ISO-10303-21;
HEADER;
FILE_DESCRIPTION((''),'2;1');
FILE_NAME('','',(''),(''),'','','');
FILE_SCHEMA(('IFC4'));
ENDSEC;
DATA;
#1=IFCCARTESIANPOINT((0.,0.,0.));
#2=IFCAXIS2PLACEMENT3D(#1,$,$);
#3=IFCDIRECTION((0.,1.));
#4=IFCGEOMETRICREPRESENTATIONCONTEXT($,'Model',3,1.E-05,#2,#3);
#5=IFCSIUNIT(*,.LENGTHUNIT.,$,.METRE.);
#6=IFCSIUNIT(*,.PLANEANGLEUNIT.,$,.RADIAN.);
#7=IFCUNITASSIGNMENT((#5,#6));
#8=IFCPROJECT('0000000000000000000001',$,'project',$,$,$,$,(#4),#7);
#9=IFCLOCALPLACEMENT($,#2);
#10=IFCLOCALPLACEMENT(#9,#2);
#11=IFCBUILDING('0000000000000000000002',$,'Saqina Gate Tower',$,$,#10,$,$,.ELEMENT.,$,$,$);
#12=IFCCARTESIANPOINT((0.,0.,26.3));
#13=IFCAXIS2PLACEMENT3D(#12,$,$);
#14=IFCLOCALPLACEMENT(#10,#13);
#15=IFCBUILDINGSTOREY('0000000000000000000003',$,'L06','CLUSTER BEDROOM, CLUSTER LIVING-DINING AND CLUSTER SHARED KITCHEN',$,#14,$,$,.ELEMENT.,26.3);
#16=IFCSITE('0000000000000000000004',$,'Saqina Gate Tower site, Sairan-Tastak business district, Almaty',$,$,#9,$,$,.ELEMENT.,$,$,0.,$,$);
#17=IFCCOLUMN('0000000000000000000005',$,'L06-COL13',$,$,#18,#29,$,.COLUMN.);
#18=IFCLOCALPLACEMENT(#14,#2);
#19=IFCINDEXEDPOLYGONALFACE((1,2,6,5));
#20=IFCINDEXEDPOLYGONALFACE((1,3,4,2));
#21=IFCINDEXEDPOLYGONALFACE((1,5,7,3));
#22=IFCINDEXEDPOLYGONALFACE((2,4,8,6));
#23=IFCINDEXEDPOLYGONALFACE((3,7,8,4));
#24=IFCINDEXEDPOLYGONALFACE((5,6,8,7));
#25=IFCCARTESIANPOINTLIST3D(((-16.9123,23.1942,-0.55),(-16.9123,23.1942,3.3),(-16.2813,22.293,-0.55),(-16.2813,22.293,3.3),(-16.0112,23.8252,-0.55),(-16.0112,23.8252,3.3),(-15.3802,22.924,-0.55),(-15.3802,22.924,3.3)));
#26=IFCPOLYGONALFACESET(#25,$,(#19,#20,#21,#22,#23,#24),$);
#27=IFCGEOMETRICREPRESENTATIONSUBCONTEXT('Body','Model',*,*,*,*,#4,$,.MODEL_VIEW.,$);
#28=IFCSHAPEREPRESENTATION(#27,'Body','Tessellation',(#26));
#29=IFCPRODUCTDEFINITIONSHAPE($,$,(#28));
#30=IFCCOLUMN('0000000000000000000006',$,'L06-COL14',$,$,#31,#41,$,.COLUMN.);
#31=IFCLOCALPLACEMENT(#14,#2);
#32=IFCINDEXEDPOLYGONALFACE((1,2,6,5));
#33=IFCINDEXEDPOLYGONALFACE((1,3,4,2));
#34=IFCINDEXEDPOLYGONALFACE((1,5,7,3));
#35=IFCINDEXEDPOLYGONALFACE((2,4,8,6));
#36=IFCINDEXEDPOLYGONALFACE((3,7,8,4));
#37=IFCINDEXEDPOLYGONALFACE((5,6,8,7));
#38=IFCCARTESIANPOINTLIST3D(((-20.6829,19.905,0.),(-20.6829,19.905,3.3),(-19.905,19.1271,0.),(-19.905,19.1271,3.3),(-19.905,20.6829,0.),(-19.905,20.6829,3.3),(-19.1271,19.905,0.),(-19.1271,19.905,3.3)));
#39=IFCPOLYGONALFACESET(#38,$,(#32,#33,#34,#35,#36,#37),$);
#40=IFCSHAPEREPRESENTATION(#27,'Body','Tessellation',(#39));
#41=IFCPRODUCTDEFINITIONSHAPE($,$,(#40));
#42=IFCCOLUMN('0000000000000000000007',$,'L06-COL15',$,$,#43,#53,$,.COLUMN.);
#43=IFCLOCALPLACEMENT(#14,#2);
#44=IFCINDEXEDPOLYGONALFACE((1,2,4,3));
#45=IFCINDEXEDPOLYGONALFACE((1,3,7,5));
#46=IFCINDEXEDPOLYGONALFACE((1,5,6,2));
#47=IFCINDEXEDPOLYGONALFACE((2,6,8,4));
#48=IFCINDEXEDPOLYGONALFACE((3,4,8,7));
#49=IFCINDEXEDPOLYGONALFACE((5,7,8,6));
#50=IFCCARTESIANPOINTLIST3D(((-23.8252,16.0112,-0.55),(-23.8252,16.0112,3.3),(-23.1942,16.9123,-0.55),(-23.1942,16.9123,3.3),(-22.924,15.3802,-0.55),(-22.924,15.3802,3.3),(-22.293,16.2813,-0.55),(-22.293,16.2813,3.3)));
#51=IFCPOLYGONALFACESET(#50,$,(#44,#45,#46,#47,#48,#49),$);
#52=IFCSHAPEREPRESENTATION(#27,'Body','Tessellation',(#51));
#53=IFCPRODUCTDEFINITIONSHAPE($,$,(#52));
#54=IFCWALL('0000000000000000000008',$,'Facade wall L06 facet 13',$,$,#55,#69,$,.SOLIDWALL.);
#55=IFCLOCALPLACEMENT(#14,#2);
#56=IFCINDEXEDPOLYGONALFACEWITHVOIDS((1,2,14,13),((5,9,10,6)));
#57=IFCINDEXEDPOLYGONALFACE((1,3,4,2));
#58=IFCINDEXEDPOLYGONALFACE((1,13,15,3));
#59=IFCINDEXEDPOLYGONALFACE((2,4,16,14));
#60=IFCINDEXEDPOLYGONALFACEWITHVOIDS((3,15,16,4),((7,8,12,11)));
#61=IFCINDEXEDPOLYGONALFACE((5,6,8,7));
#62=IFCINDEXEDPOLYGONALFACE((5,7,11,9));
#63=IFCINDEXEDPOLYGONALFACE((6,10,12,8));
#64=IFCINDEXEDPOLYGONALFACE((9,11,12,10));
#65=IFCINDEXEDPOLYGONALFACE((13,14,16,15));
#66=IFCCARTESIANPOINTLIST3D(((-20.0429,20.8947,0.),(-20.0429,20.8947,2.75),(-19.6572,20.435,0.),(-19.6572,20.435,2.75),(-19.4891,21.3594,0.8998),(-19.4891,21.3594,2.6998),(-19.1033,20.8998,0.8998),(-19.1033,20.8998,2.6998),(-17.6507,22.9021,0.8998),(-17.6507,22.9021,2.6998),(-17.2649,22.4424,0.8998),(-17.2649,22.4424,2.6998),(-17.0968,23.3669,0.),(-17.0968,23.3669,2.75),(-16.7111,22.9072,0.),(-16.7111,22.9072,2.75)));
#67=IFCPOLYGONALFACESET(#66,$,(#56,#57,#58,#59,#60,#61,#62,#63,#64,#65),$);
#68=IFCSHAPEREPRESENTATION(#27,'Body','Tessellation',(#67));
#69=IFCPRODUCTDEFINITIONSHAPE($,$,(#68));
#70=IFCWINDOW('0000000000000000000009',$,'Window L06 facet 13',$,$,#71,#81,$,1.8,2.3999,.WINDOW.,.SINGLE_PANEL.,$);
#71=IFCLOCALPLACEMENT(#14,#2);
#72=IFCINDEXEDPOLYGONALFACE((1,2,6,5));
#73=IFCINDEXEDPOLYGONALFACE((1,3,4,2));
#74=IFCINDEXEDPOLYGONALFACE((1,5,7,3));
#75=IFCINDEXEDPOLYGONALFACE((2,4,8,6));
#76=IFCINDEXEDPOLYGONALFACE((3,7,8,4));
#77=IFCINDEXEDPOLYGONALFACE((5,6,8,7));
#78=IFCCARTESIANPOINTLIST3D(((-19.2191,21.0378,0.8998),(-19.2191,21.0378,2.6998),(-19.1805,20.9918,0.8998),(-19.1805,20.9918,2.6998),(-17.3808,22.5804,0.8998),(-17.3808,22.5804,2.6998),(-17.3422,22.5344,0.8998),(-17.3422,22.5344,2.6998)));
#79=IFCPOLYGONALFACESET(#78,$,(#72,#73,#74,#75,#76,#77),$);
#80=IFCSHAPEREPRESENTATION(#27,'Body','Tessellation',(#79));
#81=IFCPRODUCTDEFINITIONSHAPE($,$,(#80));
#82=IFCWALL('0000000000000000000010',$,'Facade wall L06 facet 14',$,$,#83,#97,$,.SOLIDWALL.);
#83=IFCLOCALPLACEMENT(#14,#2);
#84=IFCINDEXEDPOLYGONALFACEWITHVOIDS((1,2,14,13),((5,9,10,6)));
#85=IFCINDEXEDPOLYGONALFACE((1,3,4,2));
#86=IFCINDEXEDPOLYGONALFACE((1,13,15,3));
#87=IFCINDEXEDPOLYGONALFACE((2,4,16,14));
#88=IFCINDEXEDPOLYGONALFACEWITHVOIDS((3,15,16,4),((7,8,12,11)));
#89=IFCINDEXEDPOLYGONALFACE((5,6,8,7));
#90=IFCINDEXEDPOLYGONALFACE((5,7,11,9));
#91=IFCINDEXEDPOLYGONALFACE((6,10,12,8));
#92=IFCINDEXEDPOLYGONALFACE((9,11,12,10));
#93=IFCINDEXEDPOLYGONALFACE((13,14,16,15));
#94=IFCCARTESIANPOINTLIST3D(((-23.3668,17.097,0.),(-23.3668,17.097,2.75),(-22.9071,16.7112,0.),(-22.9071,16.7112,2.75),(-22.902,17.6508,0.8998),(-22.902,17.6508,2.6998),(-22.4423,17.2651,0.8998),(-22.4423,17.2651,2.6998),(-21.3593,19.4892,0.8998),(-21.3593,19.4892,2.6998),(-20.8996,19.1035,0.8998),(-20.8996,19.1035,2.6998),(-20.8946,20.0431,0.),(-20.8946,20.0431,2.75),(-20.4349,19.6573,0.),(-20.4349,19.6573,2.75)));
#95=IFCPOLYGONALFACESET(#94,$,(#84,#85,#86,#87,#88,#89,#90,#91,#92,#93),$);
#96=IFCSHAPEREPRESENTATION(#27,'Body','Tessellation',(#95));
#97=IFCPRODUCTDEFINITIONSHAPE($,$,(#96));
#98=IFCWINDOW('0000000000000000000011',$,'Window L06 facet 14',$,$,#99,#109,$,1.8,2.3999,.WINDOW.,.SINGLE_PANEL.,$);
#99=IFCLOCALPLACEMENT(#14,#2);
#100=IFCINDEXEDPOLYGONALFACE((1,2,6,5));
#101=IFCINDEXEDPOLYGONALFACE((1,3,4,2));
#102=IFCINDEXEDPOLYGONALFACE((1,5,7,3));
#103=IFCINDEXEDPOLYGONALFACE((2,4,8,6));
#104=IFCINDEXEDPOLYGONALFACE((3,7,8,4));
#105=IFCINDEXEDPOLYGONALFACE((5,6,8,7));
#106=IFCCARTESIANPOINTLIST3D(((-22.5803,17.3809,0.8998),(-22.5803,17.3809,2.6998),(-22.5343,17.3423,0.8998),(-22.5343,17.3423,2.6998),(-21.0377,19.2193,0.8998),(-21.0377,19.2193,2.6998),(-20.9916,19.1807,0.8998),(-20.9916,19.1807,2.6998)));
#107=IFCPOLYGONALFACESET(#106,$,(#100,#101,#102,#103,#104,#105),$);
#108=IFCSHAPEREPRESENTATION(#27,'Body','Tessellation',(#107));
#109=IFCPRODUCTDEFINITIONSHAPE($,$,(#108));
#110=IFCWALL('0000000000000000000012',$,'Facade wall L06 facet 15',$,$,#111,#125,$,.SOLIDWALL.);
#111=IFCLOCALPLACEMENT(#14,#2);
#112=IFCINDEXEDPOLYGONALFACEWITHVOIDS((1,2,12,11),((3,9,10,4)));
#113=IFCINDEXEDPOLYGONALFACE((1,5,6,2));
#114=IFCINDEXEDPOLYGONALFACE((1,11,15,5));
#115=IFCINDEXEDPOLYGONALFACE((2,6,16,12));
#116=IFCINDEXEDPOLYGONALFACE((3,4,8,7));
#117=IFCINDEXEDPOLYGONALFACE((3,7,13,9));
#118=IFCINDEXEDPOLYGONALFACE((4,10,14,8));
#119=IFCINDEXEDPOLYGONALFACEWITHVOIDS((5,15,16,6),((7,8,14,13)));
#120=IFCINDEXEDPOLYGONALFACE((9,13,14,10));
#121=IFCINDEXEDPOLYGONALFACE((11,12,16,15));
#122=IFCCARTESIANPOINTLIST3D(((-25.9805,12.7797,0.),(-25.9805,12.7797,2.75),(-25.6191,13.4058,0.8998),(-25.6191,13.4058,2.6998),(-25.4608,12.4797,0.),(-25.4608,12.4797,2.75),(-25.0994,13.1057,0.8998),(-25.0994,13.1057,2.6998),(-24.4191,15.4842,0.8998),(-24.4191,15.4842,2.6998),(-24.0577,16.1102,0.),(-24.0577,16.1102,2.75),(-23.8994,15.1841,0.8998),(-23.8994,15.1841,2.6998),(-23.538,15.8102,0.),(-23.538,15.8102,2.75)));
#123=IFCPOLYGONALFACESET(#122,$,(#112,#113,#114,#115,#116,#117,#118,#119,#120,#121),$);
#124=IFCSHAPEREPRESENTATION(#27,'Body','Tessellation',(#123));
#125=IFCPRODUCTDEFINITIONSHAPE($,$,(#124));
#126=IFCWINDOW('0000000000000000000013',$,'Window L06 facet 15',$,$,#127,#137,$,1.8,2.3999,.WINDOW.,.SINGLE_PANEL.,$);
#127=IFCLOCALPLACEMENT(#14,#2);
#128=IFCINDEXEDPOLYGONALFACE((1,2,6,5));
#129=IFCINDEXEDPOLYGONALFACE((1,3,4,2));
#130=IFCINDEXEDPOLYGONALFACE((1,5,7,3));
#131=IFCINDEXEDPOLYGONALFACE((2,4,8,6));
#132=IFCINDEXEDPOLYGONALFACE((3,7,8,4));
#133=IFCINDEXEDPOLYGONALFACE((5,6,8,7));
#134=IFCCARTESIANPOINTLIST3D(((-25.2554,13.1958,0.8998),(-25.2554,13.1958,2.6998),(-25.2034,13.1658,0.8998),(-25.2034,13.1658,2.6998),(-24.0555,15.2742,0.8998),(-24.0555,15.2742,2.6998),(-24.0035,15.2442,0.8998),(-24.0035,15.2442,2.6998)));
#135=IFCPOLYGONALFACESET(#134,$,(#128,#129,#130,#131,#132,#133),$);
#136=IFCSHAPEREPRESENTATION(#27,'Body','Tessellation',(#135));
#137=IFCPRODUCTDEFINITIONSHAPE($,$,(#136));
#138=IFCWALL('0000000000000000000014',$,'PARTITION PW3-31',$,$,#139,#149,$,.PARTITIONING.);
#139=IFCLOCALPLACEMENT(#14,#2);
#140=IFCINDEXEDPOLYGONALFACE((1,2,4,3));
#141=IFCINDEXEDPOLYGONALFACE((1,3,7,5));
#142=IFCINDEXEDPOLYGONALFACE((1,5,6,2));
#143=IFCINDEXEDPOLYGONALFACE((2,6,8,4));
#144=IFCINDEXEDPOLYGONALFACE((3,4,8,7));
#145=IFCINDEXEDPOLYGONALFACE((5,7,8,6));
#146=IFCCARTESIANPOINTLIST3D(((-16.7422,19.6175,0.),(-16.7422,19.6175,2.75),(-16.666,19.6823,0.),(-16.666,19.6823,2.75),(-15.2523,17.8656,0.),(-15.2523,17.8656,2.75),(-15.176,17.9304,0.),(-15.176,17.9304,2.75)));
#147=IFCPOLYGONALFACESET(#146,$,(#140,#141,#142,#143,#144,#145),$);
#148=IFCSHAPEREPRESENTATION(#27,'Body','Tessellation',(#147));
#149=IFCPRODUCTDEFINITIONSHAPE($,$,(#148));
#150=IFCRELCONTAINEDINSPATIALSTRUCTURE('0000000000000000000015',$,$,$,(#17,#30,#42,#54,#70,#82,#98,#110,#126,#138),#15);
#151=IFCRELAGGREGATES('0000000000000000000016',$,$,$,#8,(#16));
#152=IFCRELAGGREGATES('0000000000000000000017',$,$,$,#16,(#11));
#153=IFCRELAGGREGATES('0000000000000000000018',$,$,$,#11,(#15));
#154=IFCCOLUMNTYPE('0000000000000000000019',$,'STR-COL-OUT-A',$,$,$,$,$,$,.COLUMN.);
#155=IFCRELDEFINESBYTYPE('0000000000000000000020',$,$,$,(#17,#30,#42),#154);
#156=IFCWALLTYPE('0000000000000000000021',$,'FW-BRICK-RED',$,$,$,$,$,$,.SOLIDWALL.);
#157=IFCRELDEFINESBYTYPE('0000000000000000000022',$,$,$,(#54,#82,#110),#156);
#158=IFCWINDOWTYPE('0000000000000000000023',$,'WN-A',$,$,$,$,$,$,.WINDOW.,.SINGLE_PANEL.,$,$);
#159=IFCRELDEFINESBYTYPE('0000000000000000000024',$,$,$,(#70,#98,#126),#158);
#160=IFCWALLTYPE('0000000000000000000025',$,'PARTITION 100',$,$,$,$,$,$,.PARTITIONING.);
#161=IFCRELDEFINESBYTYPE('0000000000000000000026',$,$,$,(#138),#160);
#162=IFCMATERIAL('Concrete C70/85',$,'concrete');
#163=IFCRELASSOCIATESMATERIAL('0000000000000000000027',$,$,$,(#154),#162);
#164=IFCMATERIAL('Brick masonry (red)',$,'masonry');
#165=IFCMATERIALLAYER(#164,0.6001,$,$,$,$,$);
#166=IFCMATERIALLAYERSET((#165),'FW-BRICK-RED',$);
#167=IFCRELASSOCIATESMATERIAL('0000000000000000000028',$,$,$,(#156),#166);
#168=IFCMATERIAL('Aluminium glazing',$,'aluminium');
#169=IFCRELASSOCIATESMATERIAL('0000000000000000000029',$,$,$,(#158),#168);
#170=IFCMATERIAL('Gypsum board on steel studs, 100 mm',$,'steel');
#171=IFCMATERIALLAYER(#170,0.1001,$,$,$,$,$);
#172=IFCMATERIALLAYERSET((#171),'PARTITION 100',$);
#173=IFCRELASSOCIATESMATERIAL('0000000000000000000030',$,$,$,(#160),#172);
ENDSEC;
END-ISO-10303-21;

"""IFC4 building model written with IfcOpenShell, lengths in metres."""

from ifc_helpers import new_model, si_unit, direction, frame, frame_2d, origin, origin_2d, place, context, subcontext, project, spatial, rectangle, extrude, material, layer, layer_set, material_profile, profile_set, type_object, element, fill, save


model = new_model("IFC4")

# Units and contexts
model_context = context("Model", 3, precision=1e-05, world=origin(), true_north=direction((0.0, 1.0)))
body_context = subcontext(model_context, "Body", "Model", "MODEL_VIEW")
ifc_project = project(units=[si_unit("LENGTHUNIT", "METRE"), si_unit("PLANEANGLEUNIT", "RADIAN")], contexts=[model_context])

# Site, building, storey
site_placement = place(None, origin())
site = spatial("IfcSite", under=ifc_project, at=site_placement, Name="Saqina Gate Tower site, Sairan-Tastak business district, Almaty", CompositionType="ELEMENT", RefElevation=0.0)
building_placement = place(site_placement, origin())
building = spatial("IfcBuilding", under=site, at=building_placement, Name="Saqina Gate Tower", CompositionType="ELEMENT")
storey_placement = place(building_placement, frame((0.0, 0.0, 26.3)))
storey = spatial("IfcBuildingStorey", under=building, at=storey_placement, Name="L06", Description="CLUSTER BEDROOM, CLUSTER LIVING-DINING AND CLUSTER SHARED KITCHEN", CompositionType="ELEMENT", Elevation=26.3)

# Columns
ifc_material_1 = material(Name="Concrete C70/85", Category="concrete")
ifc_material_profile = material_profile(ifc_material_1, rectangle(XDim=1.1001, YDim=1.1001, at=origin_2d()), Name="RC 1100x1100")
ifc_profile_set = profile_set([ifc_material_profile], Name="Concrete C70/85")
column_type = type_object("IfcColumnType", Name="STR-COL-OUT-A", PredefinedType="COLUMN", material=ifc_profile_set)
column_1_placement = place(storey_placement, frame((-16.1462, 23.0591, -0.55), z_axis=(0.0, 0.0, 1.0), x_axis=(-0.573576, 0.819152, 0.0)))
element("IfcColumn", 1, at=column_1_placement, inside=storey, type_object=column_type, Name="L06-COL13", PredefinedType="COLUMN", context=body_context, shape_type="SweptSolid", body=[
    extrude(rectangle(XDim=1.1001, YDim=1.1001, at=origin_2d()), origin(), (0.0, 0.0, 1.0), 3.8501),
])
column_2_placement = place(storey_placement, frame((-19.905, 19.905, 0.0), z_axis=(0.0, 0.0, 1.0), x_axis=(-0.707107, 0.707107, 0.0)))
element("IfcColumn", 2, at=column_2_placement, inside=storey, type_object=column_type, Name="L06-COL14", PredefinedType="COLUMN", context=body_context, shape_type="SweptSolid", body=[
    extrude(rectangle(XDim=1.1001, YDim=1.1001, at=origin_2d()), origin(), (0.0, 0.0, 1.0), 3.3),
])
column_3_placement = place(storey_placement, frame((-23.0591, 16.1462, -0.55), z_axis=(0.0, 0.0, 1.0), x_axis=(-0.819152, 0.573576, 0.0)))
element("IfcColumn", 3, at=column_3_placement, inside=storey, type_object=column_type, Name="L06-COL15", PredefinedType="COLUMN", context=body_context, shape_type="SweptSolid", body=[
    extrude(rectangle(XDim=1.1001, YDim=1.1001, at=origin_2d()), origin(), (0.0, 0.0, 1.0), 3.8501),
])

# Walls, openings, windows
ifc_material_2 = material(Name="Brick masonry (red)", Category="masonry")
ifc_layer_1 = layer(ifc_material_2, 0.6001)
ifc_layer_set_1 = layer_set([ifc_layer_1], Name="FW-BRICK-RED")
wall_type_1 = type_object("IfcWallType", Name="FW-BRICK-RED", PredefinedType="SOLIDWALL", material=ifc_layer_set_1)
wall_1_placement = place(storey_placement, frame((-16.9041, 23.137, 0.0), z_axis=(0.0, 0.0, 1.0), x_axis=(-0.766026, -0.642809, 0.0)))
wall_1 = element("IfcWall", 4, at=wall_1_placement, inside=storey, type_object=wall_type_1, Name="Facade wall L06 facet 13", PredefinedType="SOLIDWALL", context=body_context, shape_type="SweptSolid", body=[
    extrude(rectangle(XDim=3.8459, YDim=0.6001, at=frame_2d((1.9229, 0.0))), origin(), (0.0, 0.0, 1.0), 2.75),
])
opening_1_placement = place(wall_1_placement, frame((0.7229, 0.0, 0.8999)))
opening_1 = element("IfcOpeningElement", 5, at=opening_1_placement, cuts=wall_1, PredefinedType="OPENING", context=body_context, shape_type="SweptSolid", body=[
    extrude(rectangle(XDim=2.3999, YDim=1.8, at=frame_2d((1.2, 0.8999))), frame((0.0, 0.312, 0.0), z_axis=(0.0, -1.0, 0.0), x_axis=(1.0, 0.0, 0.0)), (0.0, 0.0, 1.0), 0.624),
])
ifc_material_3 = material(Name="Aluminium glazing", Category="aluminium")
window_type = type_object("IfcWindowType", Name="WN-A", PartitioningType="SINGLE_PANEL", PredefinedType="WINDOW", material=ifc_material_3)
window_1_placement = place(opening_1_placement, origin())
window_1 = element("IfcWindow", 6, at=window_1_placement, inside=storey, type_object=window_type, Name="Window L06 facet 13", OverallHeight=1.8, OverallWidth=2.3999, PartitioningType="SINGLE_PANEL", PredefinedType="WINDOW", context=body_context, shape_type="SweptSolid", body=[
    extrude(rectangle(XDim=2.3999, YDim=1.8, at=frame_2d((1.2, 0.8999))), frame((0.0, 0.1799, 0.0), z_axis=(0.0, -1.0, 0.0), x_axis=(1.0, 0.0, 0.0)), (0.0, 0.0, 1.0), 0.0601),
])
fill(opening_1, window_1)
wall_2_placement = place(storey_placement, frame((-20.6648, 19.8501, 0.0), z_axis=(0.0, 0.0, 1.0), x_axis=(-0.642809, -0.766026, 0.0)))
wall_2 = element("IfcWall", 7, at=wall_2_placement, inside=storey, type_object=wall_type_1, Name="Facade wall L06 facet 14", PredefinedType="SOLIDWALL", context=body_context, shape_type="SweptSolid", body=[
    extrude(rectangle(XDim=3.8459, YDim=0.6001, at=frame_2d((1.9229, 0.0))), origin(), (0.0, 0.0, 1.0), 2.75),
])
opening_2_placement = place(wall_2_placement, frame((0.7229, 0.0, 0.8999)))
opening_2 = element("IfcOpeningElement", 8, at=opening_2_placement, cuts=wall_2, PredefinedType="OPENING", context=body_context, shape_type="SweptSolid", body=[
    extrude(rectangle(XDim=2.3999, YDim=1.8, at=frame_2d((1.2, 0.8999))), frame((0.0, 0.312, 0.0), z_axis=(0.0, -1.0, 0.0), x_axis=(1.0, 0.0, 0.0)), (0.0, 0.0, 1.0), 0.624),
])
window_2_placement = place(opening_2_placement, origin())
window_2 = element("IfcWindow", 9, at=window_2_placement, inside=storey, type_object=window_type, Name="Window L06 facet 14", OverallHeight=1.8, OverallWidth=2.3999, PartitioningType="SINGLE_PANEL", PredefinedType="WINDOW", context=body_context, shape_type="SweptSolid", body=[
    extrude(rectangle(XDim=2.3999, YDim=1.8, at=frame_2d((1.2, 0.8999))), frame((0.0, 0.1799, 0.0), z_axis=(0.0, -1.0, 0.0), x_axis=(1.0, 0.0, 0.0)), (0.0, 0.0, 1.0), 0.0601),
])
fill(opening_2, window_2)
wall_3_placement = place(storey_placement, frame((-23.7979, 15.9602, 0.0), z_axis=(0.0, 0.0, 1.0), x_axis=(-0.49999, -0.866031, 0.0)))
wall_3 = element("IfcWall", 10, at=wall_3_placement, inside=storey, type_object=wall_type_1, Name="Facade wall L06 facet 15", PredefinedType="SOLIDWALL", context=body_context, shape_type="SweptSolid", body=[
    extrude(rectangle(XDim=3.8457, YDim=0.6001, at=frame_2d((1.9229, 0.0))), origin(), (0.0, 0.0, 1.0), 2.75),
])
opening_3_placement = place(wall_3_placement, frame((0.7229, 0.0, 0.8999)))
opening_3 = element("IfcOpeningElement", 11, at=opening_3_placement, cuts=wall_3, PredefinedType="OPENING", context=body_context, shape_type="SweptSolid", body=[
    extrude(rectangle(XDim=2.3999, YDim=1.8, at=frame_2d((1.2, 0.8999))), frame((0.0, 0.312, 0.0), z_axis=(0.0, -1.0, 0.0), x_axis=(1.0, 0.0, 0.0)), (0.0, 0.0, 1.0), 0.624),
])
window_3_placement = place(opening_3_placement, origin())
window_3 = element("IfcWindow", 12, at=window_3_placement, inside=storey, type_object=window_type, Name="Window L06 facet 15", OverallHeight=1.8, OverallWidth=2.3999, PartitioningType="SINGLE_PANEL", PredefinedType="WINDOW", context=body_context, shape_type="SweptSolid", body=[
    extrude(rectangle(XDim=2.3999, YDim=1.8, at=frame_2d((1.2, 0.8999))), frame((0.0, 0.1799, 0.0), z_axis=(0.0, -1.0, 0.0), x_axis=(1.0, 0.0, 0.0)), (0.0, 0.0, 1.0), 0.0601),
])
fill(opening_3, window_3)

# Wall
ifc_material_4 = material(Name="Gypsum board on steel studs, 100 mm", Category="steel")
ifc_layer_2 = layer(ifc_material_4, 0.1001)
ifc_layer_set_2 = layer_set([ifc_layer_2], Name="PARTITION 100")
wall_type_2 = type_object("IfcWallType", Name="PARTITION 100", PredefinedType="PARTITIONING", material=ifc_layer_set_2)
wall_4_placement = place(storey_placement, frame((-16.7041, 19.6499, 0.0), z_axis=(0.0, 0.0, 1.0), x_axis=(0.647858, -0.761761, 0.0)))
element("IfcWall", 13, at=wall_4_placement, inside=storey, type_object=wall_type_2, Name="PARTITION PW3-31", PredefinedType="PARTITIONING", context=body_context, shape_type="SweptSolid", body=[
    extrude(rectangle(XDim=2.2998, YDim=0.1001, at=frame_2d((1.1499, 0.0))), origin(), (0.0, 0.0, 1.0), 2.75),
])

save(model, "model.ifc")
